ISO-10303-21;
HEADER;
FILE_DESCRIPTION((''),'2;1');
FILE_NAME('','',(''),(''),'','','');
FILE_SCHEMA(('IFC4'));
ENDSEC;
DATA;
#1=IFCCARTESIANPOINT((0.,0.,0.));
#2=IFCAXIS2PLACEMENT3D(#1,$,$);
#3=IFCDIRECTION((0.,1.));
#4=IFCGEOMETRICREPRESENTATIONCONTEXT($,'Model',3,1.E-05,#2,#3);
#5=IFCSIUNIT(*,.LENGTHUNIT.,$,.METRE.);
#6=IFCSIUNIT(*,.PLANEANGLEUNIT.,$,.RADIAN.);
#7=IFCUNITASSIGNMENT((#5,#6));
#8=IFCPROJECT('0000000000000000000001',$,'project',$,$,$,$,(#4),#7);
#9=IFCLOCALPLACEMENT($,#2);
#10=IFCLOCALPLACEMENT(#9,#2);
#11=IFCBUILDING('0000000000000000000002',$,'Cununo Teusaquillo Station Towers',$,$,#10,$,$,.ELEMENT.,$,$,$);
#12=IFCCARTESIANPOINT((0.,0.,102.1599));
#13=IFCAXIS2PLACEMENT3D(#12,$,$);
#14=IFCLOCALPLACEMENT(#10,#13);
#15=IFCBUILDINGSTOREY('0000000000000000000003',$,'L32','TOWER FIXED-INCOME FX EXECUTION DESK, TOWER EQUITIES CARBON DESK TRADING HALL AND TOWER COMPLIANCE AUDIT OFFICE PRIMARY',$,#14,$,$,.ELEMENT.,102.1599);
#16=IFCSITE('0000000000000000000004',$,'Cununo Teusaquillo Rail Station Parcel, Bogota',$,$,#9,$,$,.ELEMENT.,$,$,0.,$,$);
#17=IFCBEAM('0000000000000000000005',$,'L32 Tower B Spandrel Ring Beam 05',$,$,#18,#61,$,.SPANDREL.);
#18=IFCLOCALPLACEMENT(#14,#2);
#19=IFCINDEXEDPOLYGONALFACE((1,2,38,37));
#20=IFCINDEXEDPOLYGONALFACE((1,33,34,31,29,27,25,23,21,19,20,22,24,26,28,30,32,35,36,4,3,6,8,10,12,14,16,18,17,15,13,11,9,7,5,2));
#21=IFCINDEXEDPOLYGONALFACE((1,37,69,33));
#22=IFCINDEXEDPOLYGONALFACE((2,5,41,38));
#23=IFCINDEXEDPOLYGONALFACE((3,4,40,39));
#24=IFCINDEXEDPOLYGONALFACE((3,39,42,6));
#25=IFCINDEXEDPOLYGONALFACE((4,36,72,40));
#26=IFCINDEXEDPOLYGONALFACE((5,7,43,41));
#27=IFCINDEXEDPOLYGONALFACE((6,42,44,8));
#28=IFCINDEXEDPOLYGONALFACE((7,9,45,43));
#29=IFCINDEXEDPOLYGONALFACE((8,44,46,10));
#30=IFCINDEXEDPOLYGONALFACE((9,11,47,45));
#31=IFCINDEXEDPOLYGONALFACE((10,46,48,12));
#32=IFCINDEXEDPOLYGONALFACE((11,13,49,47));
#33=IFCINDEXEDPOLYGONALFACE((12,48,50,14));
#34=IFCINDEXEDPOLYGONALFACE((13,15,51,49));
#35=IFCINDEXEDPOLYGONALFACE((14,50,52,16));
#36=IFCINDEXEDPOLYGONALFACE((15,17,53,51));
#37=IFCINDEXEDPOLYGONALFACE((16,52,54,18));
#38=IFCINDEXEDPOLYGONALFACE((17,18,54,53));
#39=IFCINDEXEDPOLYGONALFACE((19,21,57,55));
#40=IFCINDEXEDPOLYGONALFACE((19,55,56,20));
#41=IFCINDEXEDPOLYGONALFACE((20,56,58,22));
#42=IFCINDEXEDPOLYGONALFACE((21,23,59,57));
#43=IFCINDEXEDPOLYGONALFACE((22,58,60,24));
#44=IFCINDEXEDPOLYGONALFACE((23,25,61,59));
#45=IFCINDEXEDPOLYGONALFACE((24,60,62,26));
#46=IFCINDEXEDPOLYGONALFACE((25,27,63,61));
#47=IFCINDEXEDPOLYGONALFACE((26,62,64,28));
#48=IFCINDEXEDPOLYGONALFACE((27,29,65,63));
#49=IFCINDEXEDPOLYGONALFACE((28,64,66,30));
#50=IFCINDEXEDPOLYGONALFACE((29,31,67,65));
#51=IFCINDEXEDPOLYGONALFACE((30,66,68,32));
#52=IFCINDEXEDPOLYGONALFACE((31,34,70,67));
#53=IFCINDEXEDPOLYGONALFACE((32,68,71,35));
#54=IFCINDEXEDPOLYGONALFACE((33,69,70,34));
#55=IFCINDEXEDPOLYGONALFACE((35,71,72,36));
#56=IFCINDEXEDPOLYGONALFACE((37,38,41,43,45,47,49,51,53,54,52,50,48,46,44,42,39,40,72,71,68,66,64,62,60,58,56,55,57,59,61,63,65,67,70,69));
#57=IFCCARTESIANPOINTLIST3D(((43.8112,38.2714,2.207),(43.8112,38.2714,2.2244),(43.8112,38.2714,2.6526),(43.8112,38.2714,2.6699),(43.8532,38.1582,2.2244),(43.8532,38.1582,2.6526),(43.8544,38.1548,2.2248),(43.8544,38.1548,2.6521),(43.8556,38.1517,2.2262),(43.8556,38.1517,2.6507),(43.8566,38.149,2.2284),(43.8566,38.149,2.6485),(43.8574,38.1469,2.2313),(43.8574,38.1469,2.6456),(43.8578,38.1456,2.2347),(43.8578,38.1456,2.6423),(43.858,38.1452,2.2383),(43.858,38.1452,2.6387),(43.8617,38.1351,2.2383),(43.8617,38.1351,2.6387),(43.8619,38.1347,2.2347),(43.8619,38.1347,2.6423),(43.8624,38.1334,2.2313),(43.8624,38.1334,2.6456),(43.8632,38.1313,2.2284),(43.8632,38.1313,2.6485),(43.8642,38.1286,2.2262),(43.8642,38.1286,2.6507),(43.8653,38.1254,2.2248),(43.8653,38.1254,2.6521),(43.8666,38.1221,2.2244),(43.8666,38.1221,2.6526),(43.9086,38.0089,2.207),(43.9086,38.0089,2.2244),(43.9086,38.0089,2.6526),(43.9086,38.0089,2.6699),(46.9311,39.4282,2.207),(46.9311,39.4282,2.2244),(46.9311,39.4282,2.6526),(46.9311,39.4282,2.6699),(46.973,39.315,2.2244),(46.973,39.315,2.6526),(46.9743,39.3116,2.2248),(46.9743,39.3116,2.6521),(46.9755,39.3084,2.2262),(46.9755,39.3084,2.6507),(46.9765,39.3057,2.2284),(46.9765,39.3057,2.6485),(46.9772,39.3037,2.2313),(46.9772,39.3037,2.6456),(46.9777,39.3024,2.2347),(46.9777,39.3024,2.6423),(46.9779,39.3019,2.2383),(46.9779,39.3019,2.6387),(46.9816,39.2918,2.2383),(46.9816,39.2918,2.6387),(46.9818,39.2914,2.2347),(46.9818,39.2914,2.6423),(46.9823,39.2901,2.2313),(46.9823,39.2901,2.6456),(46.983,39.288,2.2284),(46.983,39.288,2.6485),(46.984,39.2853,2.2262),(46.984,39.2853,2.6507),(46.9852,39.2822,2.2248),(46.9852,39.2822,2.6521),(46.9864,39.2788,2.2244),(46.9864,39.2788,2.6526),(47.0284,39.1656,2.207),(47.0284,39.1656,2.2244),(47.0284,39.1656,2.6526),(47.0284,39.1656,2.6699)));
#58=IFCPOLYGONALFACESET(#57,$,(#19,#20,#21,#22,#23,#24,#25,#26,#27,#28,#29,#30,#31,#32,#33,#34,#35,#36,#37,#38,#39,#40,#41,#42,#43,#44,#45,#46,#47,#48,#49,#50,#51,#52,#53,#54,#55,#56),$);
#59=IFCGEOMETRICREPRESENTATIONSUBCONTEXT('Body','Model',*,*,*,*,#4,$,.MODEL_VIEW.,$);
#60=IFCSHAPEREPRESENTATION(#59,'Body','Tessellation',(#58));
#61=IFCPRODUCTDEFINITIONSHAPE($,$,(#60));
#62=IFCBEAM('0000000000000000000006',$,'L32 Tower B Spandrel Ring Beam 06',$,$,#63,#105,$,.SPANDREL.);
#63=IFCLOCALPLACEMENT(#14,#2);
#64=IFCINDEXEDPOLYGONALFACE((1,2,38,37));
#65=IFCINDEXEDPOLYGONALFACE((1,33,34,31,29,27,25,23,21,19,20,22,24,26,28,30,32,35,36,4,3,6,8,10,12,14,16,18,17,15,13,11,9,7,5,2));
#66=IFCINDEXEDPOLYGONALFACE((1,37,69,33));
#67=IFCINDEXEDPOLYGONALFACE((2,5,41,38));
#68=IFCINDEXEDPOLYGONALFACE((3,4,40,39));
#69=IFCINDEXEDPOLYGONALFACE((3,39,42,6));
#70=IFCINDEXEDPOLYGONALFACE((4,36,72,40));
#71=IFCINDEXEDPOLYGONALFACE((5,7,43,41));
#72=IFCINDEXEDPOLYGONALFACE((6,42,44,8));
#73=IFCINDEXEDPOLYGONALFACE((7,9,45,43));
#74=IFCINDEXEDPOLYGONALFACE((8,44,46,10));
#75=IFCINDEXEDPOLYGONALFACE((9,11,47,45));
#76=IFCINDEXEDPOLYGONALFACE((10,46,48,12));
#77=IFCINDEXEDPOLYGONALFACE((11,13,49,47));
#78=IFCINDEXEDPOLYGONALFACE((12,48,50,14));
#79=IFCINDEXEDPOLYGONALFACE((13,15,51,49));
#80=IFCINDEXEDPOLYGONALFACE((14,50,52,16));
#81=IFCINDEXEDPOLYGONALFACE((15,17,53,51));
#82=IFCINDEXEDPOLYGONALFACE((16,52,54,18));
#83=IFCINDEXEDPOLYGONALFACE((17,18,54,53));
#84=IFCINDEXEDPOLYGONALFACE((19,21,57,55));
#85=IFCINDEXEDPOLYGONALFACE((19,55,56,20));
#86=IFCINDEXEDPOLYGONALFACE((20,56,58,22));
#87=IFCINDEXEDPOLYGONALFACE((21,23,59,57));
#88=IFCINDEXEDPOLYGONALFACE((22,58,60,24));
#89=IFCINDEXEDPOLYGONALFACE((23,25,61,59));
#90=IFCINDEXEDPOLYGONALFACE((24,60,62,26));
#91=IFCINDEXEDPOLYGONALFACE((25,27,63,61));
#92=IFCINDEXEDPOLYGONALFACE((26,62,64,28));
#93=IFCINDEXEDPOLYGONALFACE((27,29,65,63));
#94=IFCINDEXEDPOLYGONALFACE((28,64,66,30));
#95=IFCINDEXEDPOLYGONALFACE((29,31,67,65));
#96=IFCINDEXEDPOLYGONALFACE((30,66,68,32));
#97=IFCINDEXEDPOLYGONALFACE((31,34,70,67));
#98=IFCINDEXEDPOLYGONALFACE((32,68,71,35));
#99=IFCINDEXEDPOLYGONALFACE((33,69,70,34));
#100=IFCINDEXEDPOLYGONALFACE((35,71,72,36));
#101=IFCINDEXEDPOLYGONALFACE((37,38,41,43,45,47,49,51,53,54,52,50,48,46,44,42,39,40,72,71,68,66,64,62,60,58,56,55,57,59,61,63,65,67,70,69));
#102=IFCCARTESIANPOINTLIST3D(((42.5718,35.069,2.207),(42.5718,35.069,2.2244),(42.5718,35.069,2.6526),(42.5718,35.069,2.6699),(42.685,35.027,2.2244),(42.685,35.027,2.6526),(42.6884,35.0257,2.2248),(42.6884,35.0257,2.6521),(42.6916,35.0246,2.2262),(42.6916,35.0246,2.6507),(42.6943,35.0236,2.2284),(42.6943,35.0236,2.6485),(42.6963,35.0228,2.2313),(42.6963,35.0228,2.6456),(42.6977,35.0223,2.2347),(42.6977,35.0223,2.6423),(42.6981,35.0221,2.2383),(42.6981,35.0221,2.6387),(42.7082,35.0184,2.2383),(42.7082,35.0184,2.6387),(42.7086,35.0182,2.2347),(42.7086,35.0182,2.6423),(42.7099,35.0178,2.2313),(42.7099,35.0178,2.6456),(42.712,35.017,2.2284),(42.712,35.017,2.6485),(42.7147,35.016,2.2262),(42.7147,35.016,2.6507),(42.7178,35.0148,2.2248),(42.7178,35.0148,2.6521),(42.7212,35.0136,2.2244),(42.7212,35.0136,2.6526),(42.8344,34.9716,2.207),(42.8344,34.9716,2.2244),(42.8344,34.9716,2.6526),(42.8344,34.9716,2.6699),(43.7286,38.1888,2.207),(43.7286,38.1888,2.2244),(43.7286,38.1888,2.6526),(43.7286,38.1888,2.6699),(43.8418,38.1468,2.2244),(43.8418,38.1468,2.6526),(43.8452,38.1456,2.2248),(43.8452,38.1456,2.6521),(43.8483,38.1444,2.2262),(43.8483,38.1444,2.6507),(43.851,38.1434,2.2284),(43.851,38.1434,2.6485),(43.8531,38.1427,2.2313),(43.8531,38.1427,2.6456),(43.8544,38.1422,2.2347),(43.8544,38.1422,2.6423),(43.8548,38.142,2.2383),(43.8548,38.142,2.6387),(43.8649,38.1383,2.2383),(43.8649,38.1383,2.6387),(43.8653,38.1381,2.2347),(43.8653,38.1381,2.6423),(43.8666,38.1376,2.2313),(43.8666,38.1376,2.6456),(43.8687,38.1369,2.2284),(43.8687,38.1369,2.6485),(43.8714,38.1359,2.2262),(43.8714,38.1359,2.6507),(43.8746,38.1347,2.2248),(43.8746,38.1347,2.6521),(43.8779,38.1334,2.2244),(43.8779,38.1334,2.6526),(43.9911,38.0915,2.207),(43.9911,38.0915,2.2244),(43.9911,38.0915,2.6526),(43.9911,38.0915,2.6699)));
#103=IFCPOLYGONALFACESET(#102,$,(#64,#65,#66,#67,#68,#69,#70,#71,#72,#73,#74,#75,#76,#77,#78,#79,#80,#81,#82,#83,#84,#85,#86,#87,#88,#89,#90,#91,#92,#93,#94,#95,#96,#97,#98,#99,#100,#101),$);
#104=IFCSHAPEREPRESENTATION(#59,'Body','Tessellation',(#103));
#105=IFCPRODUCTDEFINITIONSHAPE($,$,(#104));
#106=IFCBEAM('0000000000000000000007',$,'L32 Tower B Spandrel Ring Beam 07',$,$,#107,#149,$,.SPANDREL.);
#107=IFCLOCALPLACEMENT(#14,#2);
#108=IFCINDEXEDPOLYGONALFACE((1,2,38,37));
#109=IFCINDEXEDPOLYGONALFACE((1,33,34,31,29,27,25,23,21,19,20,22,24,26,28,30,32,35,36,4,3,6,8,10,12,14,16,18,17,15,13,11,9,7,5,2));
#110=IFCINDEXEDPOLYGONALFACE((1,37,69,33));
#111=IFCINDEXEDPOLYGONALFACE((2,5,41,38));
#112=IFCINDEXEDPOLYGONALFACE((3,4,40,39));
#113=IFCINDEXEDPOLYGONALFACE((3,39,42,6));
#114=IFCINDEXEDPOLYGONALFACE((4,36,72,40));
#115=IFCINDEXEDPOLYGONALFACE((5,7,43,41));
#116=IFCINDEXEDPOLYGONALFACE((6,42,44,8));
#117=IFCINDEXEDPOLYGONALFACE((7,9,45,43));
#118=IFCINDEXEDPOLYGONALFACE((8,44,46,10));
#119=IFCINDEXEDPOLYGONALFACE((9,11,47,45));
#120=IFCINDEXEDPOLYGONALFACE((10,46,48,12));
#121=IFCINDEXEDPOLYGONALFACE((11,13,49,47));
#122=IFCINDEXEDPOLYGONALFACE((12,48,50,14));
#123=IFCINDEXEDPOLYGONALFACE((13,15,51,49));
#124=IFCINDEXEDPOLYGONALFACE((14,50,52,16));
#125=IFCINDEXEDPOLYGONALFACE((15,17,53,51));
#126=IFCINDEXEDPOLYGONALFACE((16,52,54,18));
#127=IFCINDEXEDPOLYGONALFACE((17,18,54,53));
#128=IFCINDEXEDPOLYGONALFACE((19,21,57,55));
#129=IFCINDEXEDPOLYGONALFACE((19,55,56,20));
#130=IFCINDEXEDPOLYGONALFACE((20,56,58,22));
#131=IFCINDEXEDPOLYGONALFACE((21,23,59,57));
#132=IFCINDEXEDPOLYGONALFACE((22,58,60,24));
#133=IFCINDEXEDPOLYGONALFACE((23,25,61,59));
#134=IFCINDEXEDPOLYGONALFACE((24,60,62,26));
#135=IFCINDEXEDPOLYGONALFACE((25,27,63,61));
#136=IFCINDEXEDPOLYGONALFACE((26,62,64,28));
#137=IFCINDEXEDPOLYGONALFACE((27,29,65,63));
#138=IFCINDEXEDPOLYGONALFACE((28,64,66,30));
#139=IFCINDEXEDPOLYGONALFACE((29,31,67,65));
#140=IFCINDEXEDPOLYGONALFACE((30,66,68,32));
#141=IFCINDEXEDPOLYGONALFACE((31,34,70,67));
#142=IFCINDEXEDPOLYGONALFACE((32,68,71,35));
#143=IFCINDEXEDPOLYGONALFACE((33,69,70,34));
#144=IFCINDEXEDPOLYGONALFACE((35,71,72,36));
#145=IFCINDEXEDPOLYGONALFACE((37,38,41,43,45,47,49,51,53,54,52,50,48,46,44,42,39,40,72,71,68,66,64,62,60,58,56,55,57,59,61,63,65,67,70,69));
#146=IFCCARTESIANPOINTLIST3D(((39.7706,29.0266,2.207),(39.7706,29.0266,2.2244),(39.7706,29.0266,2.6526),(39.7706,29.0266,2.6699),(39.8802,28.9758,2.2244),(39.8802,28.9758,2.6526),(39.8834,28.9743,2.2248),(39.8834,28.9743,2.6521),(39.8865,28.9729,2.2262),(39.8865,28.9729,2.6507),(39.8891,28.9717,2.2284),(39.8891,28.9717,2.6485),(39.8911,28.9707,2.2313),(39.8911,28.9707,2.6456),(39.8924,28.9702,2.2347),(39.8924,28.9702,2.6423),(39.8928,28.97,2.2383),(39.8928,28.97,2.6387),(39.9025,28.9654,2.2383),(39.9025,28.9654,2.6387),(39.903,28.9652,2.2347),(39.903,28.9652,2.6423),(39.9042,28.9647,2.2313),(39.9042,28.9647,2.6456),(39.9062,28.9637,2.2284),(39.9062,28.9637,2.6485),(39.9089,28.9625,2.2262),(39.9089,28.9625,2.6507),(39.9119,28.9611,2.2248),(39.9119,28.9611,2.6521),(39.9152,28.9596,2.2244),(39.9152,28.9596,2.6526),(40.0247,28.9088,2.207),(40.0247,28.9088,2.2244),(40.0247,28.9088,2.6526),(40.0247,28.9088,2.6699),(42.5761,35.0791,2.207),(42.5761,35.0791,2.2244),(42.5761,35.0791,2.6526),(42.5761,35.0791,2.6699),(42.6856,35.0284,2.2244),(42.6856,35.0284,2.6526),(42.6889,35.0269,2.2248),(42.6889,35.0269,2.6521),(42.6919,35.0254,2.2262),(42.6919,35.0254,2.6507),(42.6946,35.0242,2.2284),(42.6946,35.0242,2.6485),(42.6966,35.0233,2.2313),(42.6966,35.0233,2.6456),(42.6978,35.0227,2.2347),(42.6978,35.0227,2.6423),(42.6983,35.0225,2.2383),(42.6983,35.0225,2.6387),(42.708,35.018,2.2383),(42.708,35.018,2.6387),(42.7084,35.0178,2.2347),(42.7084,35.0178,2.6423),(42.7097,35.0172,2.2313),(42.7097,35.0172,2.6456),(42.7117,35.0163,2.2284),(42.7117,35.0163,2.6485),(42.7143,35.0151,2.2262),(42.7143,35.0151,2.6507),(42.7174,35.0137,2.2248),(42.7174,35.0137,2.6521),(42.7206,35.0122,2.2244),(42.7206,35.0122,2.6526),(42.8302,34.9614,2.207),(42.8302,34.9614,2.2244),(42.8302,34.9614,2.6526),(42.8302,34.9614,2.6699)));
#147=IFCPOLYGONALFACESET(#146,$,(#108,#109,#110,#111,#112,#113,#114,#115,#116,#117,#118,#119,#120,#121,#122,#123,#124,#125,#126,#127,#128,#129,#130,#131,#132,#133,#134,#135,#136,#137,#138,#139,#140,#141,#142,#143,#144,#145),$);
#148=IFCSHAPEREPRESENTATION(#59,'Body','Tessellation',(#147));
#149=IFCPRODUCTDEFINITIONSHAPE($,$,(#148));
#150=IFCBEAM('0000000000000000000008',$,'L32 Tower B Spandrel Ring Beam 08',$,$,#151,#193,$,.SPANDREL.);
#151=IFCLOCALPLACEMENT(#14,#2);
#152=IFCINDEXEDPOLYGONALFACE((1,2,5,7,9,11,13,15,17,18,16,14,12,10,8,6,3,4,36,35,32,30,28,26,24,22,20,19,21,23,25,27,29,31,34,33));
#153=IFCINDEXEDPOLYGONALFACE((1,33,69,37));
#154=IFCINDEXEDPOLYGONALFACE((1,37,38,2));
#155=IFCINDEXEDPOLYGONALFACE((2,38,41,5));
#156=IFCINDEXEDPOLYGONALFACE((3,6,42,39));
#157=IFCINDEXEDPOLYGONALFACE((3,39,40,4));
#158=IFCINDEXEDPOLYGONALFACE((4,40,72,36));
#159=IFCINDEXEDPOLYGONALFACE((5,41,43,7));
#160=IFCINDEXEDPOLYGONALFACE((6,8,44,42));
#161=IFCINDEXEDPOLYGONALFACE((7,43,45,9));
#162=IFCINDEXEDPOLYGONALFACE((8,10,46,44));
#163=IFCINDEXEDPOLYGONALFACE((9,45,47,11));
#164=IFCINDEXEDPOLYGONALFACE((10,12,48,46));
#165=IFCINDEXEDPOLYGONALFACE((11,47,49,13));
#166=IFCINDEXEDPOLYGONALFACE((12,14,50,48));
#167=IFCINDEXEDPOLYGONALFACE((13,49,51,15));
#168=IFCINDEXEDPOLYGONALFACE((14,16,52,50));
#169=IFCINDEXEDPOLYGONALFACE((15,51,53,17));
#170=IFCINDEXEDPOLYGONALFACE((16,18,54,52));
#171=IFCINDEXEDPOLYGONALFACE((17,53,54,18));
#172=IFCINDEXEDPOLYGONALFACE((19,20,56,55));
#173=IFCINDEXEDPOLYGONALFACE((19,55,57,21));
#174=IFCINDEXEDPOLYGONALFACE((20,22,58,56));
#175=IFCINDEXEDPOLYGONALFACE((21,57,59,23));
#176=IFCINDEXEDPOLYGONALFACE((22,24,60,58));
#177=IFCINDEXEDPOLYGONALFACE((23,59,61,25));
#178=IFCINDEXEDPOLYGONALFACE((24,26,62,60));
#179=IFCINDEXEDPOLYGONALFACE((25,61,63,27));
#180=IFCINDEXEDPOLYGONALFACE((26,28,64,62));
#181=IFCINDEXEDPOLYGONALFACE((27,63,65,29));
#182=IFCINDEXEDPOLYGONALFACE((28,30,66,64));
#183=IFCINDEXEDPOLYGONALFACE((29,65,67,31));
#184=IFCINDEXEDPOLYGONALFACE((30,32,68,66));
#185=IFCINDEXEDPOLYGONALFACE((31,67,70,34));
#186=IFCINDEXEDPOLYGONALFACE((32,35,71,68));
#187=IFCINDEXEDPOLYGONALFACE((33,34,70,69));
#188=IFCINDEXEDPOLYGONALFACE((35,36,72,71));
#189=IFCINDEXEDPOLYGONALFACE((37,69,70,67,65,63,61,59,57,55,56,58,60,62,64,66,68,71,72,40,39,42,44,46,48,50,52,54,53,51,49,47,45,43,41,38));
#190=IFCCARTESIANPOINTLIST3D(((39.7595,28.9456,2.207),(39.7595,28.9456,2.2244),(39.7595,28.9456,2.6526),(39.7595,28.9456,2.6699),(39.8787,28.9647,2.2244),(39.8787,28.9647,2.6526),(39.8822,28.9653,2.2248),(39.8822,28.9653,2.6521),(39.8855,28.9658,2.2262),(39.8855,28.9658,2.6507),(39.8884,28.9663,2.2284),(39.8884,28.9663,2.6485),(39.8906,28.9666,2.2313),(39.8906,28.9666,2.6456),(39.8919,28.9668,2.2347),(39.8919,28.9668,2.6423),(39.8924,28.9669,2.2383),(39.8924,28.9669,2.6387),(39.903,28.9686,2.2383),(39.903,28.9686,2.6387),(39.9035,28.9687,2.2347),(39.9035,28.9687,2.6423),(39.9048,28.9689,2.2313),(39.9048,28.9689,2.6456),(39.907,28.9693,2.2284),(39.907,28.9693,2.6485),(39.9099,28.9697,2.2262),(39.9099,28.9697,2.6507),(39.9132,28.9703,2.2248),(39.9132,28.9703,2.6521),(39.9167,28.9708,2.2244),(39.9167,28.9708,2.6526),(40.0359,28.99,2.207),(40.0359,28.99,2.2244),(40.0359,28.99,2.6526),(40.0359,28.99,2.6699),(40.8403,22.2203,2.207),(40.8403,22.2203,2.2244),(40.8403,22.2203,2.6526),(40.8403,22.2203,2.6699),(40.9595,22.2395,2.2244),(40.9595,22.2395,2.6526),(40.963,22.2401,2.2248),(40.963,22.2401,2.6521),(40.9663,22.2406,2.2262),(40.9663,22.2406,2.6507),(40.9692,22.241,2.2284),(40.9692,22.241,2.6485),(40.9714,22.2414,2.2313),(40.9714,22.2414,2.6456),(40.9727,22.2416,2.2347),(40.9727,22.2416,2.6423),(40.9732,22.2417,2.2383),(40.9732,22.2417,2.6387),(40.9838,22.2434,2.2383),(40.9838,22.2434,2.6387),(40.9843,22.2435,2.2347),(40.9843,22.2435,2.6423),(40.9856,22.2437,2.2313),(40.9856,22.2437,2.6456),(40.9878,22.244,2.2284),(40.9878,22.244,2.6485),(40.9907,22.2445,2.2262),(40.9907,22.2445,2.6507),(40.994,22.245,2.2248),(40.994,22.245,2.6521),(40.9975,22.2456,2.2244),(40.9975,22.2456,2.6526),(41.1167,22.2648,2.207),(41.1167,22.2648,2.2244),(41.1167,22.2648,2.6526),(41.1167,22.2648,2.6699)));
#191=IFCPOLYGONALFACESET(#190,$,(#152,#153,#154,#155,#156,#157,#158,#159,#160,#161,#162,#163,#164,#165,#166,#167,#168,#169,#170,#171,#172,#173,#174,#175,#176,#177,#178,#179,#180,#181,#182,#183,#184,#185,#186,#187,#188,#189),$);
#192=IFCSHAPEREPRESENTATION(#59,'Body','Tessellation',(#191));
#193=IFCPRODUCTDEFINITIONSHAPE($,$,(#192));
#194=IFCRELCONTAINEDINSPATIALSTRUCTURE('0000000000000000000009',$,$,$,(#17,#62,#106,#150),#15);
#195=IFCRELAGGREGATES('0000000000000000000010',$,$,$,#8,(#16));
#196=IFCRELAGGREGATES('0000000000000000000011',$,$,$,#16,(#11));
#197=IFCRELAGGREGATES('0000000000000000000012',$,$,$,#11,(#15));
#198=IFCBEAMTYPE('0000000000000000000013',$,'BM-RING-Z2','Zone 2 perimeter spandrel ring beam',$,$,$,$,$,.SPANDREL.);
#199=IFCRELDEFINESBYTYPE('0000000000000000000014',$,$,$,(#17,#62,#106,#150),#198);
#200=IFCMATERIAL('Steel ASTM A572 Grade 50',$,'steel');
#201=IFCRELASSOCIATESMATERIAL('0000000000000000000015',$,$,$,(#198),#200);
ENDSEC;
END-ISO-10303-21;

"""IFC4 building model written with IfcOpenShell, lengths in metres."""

from ifc_helpers import new_model, si_unit, direction, frame, origin, origin_2d, place, context, subcontext, project, spatial, i_section, extrude, material, material_profile, profile_set, type_object, element, save


model = new_model("IFC4")

# Units and contexts
model_context = context("Model", 3, precision=1e-05, world=origin(), true_north=direction((0.0, 1.0)))
body_context = subcontext(model_context, "Body", "Model", "MODEL_VIEW")
ifc_project = project(units=[si_unit("LENGTHUNIT", "METRE"), si_unit("PLANEANGLEUNIT", "RADIAN")], contexts=[model_context])

# Site, building, storey
site_placement = place(None, origin())
site = spatial("IfcSite", under=ifc_project, at=site_placement, Name="Cununo Teusaquillo Rail Station Parcel, Bogota", CompositionType="ELEMENT", RefElevation=0.0)
building_placement = place(site_placement, origin())
building = spatial("IfcBuilding", under=site, at=building_placement, Name="Cununo Teusaquillo Station Towers", CompositionType="ELEMENT")
storey_placement = place(building_placement, frame((0.0, 0.0, 102.1599)))
storey = spatial("IfcBuildingStorey", under=building, at=storey_placement, Name="L32", Description="TOWER FIXED-INCOME FX EXECUTION DESK, TOWER EQUITIES CARBON DESK TRADING HALL AND TOWER COMPLIANCE AUDIT OFFICE PRIMARY", CompositionType="ELEMENT", Elevation=102.1599)

# Beams
ifc_material_1 = material(Name="Steel ASTM A572 Grade 50", Category="steel")
ifc_material_profile_1 = material_profile(ifc_material_1, i_section(OverallWidth=0.28, OverallDepth=0.4629, WebThickness=0.0107, FlangeThickness=0.0173, FilletRadius=0.0139, at=origin_2d()), Name="W18X76")
ifc_profile_set_1 = profile_set([ifc_material_profile_1], Name="Steel ASTM A572 Grade 50")
beam_type_1 = type_object("IfcBeamType", Name="BM-RING-Z2", Description="Zone 2 perimeter spandrel ring beam", PredefinedType="SPANDREL", material=ifc_profile_set_1)
for number, where, z_axis, x_axis, name in (
    (1, (46.9797, 39.2969, 2.4385), (-0.937628, -0.347639, 0.0), (0.347639, -0.937628, 0.0), "L32 Tower B Spandrel Ring Beam 05"),
    (2, (43.8599, 38.1401, 2.4385), (-0.347639, -0.937628, 0.0), (0.937628, -0.347639, 0.0), "L32 Tower B Spandrel Ring Beam 06"),
):
    element("IfcBeam", number, at=place(storey_placement, frame(where, z_axis=z_axis, x_axis=x_axis)), inside=storey, type_object=beam_type_1, Name=name, PredefinedType="SPANDREL", context=body_context, shape_type="SweptSolid", body=[
        extrude(i_section(OverallWidth=0.28, OverallDepth=0.4629, WebThickness=0.0107, FlangeThickness=0.0173, FilletRadius=0.0139, at=origin_2d()), origin(), (0.0, 0.0, 1.0), 3.3274),
    ])
beam_1_placement = place(storey_placement, frame((42.7031, 35.0203, 2.4385), z_axis=(-0.420536, -0.907276, 0.0), x_axis=(0.907276, -0.420536, 0.0)))
element("IfcBeam", 3, at=beam_1_placement, inside=storey, type_object=beam_type_1, Name="L32 Tower B Spandrel Ring Beam 07", PredefinedType="SPANDREL", context=body_context, shape_type="SweptSolid", body=[
    extrude(i_section(OverallWidth=0.28, OverallDepth=0.4629, WebThickness=0.0107, FlangeThickness=0.0173, FilletRadius=0.0139, at=origin_2d()), origin(), (0.0, 0.0, 1.0), 6.6711),
])
beam_2_placement = place(storey_placement, frame((39.8977, 28.9678, 2.4385), z_axis=(0.158671, -0.987331, 0.0), x_axis=(0.987331, 0.158671, 0.0)))
element("IfcBeam", 4, at=beam_2_placement, inside=storey, type_object=beam_type_1, Name="L32 Tower B Spandrel Ring Beam 08", PredefinedType="SPANDREL", context=body_context, shape_type="SweptSolid", body=[
    extrude(i_section(OverallWidth=0.28, OverallDepth=0.4629, WebThickness=0.0107, FlangeThickness=0.0173, FilletRadius=0.0139, at=origin_2d()), origin(), (0.0, 0.0, 1.0), 6.8115),
])

save(model, "model.ifc")
